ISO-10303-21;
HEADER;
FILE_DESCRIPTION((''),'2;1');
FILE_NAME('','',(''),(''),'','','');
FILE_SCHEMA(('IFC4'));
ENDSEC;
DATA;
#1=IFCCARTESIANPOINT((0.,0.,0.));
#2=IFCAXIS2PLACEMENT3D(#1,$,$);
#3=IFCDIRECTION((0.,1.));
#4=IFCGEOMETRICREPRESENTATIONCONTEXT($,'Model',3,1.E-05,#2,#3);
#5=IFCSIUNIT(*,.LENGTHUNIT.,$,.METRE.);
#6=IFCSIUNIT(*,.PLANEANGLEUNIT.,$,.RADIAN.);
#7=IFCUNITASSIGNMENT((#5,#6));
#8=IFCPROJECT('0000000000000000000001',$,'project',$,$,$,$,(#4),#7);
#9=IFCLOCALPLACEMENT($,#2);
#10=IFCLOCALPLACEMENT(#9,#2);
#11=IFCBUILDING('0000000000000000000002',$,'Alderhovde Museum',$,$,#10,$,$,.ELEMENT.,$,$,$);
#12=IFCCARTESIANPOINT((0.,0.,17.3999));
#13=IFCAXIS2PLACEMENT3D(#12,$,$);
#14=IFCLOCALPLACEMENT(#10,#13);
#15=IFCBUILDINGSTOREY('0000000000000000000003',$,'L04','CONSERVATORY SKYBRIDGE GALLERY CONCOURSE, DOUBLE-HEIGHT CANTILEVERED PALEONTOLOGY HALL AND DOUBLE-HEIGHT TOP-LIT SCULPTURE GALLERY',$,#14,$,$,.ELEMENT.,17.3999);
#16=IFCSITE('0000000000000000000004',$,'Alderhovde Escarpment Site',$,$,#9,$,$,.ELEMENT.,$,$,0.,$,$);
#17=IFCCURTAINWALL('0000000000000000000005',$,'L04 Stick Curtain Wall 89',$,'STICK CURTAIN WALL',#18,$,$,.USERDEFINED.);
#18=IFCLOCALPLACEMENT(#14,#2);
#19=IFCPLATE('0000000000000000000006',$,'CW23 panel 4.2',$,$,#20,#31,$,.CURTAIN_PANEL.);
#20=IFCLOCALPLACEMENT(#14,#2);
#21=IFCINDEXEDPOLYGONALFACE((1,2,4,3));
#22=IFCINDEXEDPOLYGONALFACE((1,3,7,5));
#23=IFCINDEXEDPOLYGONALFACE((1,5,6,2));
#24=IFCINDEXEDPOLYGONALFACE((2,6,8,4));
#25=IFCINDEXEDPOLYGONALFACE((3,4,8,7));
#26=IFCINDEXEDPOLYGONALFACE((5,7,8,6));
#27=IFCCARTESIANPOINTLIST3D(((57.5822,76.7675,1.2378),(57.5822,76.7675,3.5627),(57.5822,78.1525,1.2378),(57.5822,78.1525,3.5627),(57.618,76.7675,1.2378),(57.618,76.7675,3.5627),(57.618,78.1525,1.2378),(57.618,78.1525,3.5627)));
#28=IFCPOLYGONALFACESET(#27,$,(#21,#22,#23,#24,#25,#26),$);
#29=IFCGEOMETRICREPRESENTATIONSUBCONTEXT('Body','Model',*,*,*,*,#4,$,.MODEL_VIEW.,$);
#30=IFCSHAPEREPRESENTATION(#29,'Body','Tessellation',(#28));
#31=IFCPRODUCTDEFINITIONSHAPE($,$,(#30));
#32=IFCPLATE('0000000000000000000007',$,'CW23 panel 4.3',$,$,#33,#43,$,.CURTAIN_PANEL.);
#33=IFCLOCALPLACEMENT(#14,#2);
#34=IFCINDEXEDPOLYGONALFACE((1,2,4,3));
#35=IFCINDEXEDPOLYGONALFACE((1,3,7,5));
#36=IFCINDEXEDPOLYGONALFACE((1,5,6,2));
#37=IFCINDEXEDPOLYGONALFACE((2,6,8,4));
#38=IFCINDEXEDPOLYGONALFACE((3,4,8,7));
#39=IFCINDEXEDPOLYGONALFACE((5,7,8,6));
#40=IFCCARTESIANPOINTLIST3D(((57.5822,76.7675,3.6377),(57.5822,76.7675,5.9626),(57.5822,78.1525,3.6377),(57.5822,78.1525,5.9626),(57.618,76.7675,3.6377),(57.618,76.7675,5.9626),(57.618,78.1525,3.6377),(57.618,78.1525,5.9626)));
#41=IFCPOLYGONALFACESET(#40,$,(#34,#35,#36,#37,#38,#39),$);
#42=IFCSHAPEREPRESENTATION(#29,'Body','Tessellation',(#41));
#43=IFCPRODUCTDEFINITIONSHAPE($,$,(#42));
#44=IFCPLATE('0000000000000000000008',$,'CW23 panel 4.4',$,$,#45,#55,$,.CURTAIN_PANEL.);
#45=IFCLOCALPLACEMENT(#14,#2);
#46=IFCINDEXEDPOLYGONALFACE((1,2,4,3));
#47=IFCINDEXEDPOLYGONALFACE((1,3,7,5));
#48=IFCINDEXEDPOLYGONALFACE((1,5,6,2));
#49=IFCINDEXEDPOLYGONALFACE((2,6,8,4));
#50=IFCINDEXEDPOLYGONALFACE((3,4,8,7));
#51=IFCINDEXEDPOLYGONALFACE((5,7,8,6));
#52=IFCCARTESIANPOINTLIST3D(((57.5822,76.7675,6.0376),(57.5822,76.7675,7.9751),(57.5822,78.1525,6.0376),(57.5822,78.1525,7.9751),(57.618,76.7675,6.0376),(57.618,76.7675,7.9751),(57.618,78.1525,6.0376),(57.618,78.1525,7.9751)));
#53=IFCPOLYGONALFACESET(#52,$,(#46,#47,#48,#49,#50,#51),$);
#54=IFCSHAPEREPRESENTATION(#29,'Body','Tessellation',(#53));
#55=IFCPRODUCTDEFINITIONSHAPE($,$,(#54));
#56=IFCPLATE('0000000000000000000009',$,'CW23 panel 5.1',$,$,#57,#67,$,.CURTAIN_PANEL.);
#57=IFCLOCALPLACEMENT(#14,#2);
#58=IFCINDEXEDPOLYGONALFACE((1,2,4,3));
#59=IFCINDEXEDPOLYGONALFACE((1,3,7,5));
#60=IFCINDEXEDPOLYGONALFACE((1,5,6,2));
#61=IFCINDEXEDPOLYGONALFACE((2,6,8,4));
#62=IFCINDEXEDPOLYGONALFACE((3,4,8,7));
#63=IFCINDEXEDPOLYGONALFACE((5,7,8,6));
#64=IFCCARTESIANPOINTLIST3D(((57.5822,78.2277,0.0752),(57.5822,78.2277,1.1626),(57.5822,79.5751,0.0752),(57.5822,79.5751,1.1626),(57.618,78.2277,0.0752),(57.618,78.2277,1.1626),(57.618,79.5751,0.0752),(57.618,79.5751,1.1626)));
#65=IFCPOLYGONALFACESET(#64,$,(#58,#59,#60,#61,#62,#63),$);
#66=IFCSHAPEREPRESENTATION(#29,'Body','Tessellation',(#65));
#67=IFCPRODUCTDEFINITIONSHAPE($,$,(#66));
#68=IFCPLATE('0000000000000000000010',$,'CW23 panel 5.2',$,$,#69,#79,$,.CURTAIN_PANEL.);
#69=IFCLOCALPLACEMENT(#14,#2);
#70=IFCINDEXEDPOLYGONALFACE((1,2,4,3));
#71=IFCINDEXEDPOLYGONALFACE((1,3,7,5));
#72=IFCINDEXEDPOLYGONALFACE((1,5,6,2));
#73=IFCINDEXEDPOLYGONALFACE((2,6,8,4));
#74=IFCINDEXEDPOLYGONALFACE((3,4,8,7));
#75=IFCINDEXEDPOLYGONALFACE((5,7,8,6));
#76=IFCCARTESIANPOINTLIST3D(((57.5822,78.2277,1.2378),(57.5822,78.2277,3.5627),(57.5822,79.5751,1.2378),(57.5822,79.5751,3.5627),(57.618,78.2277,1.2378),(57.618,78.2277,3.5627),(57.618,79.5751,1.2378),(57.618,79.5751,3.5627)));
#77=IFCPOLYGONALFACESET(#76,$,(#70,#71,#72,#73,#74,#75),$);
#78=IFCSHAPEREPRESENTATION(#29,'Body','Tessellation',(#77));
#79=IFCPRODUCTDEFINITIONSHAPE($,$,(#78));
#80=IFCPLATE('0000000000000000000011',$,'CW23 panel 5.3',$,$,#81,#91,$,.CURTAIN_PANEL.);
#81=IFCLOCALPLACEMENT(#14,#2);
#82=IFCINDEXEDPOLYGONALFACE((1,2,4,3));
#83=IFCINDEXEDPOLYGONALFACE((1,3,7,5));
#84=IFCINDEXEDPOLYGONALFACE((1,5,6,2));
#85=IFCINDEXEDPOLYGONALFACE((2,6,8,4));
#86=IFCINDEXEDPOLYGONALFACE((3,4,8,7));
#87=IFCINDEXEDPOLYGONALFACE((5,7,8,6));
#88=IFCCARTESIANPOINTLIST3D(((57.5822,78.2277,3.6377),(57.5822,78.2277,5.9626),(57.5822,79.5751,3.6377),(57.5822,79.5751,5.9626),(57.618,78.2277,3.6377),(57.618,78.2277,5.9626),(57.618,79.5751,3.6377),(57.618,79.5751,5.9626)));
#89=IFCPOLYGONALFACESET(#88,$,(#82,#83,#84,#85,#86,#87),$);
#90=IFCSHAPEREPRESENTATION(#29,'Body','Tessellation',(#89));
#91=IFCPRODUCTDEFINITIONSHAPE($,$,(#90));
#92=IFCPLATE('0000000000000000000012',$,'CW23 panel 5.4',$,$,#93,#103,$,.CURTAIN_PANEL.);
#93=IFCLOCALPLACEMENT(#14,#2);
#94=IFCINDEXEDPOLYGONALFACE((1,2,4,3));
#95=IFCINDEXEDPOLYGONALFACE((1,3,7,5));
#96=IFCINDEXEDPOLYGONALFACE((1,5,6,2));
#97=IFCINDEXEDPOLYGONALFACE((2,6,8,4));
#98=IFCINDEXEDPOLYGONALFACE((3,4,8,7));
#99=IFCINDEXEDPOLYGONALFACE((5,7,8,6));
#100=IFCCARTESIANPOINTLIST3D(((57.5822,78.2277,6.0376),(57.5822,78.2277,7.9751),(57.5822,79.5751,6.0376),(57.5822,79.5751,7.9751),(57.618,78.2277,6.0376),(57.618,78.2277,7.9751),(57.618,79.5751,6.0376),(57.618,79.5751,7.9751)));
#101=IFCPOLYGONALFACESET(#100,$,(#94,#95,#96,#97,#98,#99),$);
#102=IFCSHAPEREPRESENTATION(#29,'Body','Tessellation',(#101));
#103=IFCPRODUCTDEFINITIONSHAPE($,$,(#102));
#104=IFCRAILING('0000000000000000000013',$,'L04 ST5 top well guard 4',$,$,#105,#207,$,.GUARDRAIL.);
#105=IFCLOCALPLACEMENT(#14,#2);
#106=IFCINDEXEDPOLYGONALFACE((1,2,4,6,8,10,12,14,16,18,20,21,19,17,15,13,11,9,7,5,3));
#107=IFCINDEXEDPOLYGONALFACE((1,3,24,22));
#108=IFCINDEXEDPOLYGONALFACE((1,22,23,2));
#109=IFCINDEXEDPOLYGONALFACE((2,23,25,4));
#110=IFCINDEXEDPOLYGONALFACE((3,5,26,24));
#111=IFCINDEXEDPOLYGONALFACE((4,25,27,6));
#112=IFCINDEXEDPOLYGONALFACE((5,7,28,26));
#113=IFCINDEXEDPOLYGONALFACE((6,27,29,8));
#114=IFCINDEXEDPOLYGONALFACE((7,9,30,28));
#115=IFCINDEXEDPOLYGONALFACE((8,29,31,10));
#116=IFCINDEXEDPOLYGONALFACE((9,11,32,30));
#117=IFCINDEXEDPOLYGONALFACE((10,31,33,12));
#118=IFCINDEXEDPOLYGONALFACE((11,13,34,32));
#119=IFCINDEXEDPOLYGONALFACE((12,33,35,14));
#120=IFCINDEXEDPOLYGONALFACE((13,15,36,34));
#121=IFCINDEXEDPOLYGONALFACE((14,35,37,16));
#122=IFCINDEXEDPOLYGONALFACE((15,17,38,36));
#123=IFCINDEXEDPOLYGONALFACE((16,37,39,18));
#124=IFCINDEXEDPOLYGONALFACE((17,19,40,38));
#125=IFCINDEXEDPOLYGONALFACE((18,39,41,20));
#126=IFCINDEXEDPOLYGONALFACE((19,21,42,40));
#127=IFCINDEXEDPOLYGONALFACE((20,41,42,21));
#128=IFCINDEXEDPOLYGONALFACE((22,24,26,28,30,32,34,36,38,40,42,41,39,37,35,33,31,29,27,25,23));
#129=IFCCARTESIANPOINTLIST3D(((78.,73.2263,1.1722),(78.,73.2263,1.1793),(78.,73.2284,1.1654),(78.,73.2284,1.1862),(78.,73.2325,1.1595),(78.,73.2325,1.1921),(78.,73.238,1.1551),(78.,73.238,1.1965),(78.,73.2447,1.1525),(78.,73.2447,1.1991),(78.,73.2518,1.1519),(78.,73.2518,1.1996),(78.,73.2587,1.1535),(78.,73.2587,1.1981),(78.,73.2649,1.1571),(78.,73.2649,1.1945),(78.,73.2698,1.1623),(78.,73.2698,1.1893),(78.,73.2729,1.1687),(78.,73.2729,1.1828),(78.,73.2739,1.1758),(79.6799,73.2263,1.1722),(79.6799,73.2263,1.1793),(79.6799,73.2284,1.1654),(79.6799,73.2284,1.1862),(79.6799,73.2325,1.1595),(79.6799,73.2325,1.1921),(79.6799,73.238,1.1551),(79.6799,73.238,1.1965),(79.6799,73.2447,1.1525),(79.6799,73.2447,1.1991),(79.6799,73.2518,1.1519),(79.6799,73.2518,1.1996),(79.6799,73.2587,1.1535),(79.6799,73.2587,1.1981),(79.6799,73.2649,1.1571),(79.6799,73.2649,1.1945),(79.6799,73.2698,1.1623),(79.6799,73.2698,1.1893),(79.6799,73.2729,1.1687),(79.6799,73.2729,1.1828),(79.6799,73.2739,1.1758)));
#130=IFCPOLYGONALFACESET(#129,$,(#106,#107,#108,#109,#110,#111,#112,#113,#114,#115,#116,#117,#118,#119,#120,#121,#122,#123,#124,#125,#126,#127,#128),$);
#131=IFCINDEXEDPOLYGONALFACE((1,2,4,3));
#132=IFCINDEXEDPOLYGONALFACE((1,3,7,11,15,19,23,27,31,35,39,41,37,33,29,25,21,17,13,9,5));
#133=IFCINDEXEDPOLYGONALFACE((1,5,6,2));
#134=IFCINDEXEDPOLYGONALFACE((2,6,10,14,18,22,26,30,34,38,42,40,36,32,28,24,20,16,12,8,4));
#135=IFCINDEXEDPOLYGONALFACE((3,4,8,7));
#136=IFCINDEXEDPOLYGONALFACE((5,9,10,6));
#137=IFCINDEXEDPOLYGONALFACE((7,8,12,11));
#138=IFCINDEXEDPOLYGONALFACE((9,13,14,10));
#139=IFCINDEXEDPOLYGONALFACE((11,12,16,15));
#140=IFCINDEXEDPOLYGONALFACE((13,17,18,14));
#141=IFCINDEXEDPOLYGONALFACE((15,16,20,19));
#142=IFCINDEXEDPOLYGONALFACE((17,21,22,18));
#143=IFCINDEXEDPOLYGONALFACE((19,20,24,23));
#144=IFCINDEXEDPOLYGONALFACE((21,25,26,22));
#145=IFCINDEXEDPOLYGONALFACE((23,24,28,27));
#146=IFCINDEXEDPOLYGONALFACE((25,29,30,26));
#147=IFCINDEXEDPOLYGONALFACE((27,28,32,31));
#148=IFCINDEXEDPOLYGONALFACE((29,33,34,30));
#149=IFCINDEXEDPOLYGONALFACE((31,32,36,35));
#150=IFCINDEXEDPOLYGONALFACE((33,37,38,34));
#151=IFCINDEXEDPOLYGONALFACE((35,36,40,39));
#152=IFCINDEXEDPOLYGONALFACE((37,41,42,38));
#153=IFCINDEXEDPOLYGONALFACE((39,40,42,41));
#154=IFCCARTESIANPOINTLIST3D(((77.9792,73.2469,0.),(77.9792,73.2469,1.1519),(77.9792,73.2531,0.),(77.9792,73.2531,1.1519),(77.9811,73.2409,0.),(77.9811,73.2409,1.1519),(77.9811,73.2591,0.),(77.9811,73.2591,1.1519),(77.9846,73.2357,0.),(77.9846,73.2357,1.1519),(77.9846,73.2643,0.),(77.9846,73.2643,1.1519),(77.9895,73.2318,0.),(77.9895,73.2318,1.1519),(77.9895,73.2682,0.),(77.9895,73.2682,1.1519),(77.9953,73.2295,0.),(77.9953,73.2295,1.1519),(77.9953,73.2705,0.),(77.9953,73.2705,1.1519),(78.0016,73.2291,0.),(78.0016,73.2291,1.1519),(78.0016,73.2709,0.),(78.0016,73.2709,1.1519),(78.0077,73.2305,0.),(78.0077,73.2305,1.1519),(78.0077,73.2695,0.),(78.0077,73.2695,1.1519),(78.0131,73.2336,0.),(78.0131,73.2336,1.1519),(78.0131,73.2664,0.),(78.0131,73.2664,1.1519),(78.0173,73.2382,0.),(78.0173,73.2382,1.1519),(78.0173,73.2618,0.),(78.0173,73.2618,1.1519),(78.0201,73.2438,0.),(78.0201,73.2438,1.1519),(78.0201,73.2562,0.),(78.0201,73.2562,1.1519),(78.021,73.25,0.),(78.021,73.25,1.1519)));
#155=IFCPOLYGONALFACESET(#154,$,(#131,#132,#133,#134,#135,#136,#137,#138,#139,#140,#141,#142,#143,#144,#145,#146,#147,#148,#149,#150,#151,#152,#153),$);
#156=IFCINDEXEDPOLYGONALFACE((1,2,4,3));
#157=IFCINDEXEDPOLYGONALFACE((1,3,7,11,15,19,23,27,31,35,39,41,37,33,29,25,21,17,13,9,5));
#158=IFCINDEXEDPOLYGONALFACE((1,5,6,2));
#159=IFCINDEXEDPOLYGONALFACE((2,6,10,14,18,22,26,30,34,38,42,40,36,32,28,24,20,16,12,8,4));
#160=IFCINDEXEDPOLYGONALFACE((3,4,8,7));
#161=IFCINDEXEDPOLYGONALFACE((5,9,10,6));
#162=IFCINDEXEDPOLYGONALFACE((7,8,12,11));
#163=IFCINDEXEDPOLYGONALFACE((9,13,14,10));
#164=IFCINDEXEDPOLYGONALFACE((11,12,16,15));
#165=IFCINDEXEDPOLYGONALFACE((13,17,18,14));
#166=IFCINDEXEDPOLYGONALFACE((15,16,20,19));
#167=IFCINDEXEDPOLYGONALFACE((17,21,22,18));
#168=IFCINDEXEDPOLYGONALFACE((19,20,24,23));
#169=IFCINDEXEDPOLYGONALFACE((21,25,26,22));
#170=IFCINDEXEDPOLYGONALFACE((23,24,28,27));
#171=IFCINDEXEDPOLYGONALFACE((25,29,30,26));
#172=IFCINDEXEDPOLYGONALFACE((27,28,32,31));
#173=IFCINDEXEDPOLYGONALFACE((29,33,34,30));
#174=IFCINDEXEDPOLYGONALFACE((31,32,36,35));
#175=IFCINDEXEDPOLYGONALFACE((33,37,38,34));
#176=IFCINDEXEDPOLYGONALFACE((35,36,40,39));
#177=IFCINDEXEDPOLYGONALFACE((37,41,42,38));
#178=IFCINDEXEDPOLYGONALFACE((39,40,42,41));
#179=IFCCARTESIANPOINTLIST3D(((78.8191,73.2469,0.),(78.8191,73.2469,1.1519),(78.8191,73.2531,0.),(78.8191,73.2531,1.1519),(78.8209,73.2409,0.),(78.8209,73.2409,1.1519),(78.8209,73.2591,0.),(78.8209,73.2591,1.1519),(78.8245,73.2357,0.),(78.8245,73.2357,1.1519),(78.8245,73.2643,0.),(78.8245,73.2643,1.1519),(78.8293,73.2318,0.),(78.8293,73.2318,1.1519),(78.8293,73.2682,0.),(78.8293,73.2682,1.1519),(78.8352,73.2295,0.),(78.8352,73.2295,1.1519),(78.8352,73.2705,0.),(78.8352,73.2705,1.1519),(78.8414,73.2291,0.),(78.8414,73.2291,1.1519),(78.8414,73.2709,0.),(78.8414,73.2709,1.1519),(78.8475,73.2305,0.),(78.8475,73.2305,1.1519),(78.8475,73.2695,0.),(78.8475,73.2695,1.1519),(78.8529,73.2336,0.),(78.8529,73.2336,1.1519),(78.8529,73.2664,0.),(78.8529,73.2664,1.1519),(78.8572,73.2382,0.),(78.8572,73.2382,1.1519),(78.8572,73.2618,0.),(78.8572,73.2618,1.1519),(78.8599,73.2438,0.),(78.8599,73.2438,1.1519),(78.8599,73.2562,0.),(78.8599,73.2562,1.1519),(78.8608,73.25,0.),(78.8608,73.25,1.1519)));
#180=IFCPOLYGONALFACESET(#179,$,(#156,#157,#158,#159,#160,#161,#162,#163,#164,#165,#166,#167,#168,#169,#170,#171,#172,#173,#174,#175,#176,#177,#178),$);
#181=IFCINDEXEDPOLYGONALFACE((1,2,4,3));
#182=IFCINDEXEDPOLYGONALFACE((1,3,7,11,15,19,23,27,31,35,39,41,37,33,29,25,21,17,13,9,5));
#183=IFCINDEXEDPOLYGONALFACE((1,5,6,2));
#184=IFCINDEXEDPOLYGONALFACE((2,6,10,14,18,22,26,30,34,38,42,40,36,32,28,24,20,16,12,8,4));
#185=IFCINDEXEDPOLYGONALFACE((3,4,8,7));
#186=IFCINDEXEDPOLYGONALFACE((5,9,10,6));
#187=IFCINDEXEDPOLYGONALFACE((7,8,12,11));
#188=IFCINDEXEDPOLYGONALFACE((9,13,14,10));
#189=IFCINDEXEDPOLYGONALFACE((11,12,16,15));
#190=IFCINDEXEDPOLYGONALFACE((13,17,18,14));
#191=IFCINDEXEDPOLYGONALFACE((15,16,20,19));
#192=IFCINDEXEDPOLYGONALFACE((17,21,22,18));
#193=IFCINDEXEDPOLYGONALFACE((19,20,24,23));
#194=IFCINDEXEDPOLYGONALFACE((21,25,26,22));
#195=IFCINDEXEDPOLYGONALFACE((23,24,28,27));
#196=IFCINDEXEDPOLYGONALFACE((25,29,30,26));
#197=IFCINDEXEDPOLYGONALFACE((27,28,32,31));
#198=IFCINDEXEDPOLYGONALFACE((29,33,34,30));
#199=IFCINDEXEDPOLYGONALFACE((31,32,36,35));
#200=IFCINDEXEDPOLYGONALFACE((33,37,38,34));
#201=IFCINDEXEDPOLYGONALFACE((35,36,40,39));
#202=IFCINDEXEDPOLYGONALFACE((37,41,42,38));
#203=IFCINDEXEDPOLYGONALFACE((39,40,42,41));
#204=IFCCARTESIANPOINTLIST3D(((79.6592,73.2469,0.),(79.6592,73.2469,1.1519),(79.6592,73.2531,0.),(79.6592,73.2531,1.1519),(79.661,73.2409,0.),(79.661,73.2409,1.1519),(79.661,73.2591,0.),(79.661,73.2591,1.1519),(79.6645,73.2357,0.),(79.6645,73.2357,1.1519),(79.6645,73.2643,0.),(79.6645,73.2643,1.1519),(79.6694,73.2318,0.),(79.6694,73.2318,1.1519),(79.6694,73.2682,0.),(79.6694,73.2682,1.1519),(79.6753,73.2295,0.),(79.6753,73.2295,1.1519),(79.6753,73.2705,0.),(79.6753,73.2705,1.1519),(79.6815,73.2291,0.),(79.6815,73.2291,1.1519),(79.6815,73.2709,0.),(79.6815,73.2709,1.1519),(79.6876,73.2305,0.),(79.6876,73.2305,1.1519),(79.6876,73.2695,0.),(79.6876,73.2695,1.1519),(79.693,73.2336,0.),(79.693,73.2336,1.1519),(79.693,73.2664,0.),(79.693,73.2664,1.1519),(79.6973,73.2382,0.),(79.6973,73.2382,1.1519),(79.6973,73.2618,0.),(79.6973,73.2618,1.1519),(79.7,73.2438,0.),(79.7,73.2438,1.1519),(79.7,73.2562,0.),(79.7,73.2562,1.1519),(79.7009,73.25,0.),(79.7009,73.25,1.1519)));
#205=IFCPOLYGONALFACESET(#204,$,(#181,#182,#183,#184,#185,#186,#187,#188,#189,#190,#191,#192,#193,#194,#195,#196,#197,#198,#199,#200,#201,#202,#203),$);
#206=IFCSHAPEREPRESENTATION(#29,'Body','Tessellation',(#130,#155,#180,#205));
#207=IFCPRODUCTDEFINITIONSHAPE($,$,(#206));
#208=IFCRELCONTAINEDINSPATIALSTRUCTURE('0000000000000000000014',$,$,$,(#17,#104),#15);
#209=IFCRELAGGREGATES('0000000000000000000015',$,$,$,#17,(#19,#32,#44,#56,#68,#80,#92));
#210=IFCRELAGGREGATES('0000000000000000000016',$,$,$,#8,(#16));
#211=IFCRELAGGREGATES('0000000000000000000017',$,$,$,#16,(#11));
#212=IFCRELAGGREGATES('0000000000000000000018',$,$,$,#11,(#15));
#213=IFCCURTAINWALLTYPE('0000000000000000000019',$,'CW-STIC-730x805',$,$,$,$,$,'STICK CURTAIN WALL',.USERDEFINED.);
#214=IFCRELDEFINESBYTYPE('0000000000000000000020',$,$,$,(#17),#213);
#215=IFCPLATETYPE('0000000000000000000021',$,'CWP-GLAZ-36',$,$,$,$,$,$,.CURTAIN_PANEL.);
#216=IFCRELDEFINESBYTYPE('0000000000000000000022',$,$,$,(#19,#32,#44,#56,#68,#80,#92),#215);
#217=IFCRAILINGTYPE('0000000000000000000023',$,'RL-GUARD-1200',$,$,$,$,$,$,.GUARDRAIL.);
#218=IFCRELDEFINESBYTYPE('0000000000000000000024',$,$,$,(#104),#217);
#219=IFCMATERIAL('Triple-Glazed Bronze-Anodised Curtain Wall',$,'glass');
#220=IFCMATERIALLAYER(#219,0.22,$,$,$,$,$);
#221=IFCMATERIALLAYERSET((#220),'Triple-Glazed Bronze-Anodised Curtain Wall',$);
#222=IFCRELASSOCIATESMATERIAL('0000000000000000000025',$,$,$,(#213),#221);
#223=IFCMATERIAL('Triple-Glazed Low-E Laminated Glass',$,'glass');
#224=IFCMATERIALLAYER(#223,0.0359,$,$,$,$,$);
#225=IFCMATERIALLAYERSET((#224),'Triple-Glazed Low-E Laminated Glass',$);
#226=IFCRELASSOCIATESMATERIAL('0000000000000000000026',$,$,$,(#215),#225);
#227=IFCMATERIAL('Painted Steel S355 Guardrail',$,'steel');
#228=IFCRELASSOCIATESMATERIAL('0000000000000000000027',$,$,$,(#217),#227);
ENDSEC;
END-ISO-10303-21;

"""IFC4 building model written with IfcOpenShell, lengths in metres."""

from ifc_helpers import new_model, si_unit, direction, frame, origin, origin_2d, place, context, subcontext, project, spatial, rectangle, circle, extrude, material, layer, layer_set, type_object, element, aggregate, save


model = new_model("IFC4")

# Units and contexts
model_context = context("Model", 3, precision=1e-05, world=origin(), true_north=direction((0.0, 1.0)))
body_context = subcontext(model_context, "Body", "Model", "MODEL_VIEW")
ifc_project = project(units=[si_unit("LENGTHUNIT", "METRE"), si_unit("PLANEANGLEUNIT", "RADIAN")], contexts=[model_context])

# Site, building, storey
site_placement = place(None, origin())
site = spatial("IfcSite", under=ifc_project, at=site_placement, Name="Alderhovde Escarpment Site", CompositionType="ELEMENT", RefElevation=0.0)
building_placement = place(site_placement, origin())
building = spatial("IfcBuilding", under=site, at=building_placement, Name="Alderhovde Museum", CompositionType="ELEMENT")
storey_placement = place(building_placement, frame((0.0, 0.0, 17.3999)))
storey = spatial("IfcBuildingStorey", under=building, at=storey_placement, Name="L04", Description="CONSERVATORY SKYBRIDGE GALLERY CONCOURSE, DOUBLE-HEIGHT CANTILEVERED PALEONTOLOGY HALL AND DOUBLE-HEIGHT TOP-LIT SCULPTURE GALLERY", CompositionType="ELEMENT", Elevation=17.3999)

# Curtain wall
ifc_material_1 = material(Name="Triple-Glazed Bronze-Anodised Curtain Wall", Category="glass")
ifc_layer_1 = layer(ifc_material_1, 0.22)
ifc_layer_set_1 = layer_set([ifc_layer_1], Name="Triple-Glazed Bronze-Anodised Curtain Wall")
curtain_wall_type_1 = type_object("IfcCurtainWallType", Name="CW-STIC-730x805", ElementType="STICK CURTAIN WALL", PredefinedType="USERDEFINED", material=ifc_layer_set_1)
curtain_wall_1_placement = place(storey_placement, origin())
curtain_wall_1 = element("IfcCurtainWall", 1, at=curtain_wall_1_placement, inside=storey, type_object=curtain_wall_type_1, Name="L04 Stick Curtain Wall 89", ObjectType="STICK CURTAIN WALL", PredefinedType="USERDEFINED")

# Plates
ifc_material_2 = material(Name="Triple-Glazed Low-E Laminated Glass", Category="glass")
ifc_layer_2 = layer(ifc_material_2, 0.0359)
ifc_layer_set_2 = layer_set([ifc_layer_2], Name="Triple-Glazed Low-E Laminated Glass")
plate_type = type_object("IfcPlateType", Name="CWP-GLAZ-36", PredefinedType="CURTAIN_PANEL", material=ifc_layer_set_2)
plate_1_placement = place(storey_placement, frame((57.6001, 77.46, 1.2378), z_axis=(0.0, 0.0, 1.0), x_axis=(0.0, 1.0, 0.0)))
plate_1 = element("IfcPlate", 2, at=plate_1_placement, type_object=plate_type, Name="CW23 panel 4.2", PredefinedType="CURTAIN_PANEL", context=body_context, shape_type="SweptSolid", body=[
    extrude(rectangle(XDim=1.385, YDim=0.0359, at=origin_2d()), origin(), (0.0, 0.0, 1.0), 2.325),
])
plate_2_placement = place(storey_placement, frame((57.6001, 77.46, 3.6377), z_axis=(0.0, 0.0, 1.0), x_axis=(0.0, 1.0, 0.0)))
plate_2 = element("IfcPlate", 3, at=plate_2_placement, type_object=plate_type, Name="CW23 panel 4.3", PredefinedType="CURTAIN_PANEL", context=body_context, shape_type="SweptSolid", body=[
    extrude(rectangle(XDim=1.385, YDim=0.0359, at=origin_2d()), origin(), (0.0, 0.0, 1.0), 2.325),
])
plate_3_placement = place(storey_placement, frame((57.6001, 77.46, 6.0376), z_axis=(0.0, 0.0, 1.0), x_axis=(0.0, 1.0, 0.0)))
plate_3 = element("IfcPlate", 4, at=plate_3_placement, type_object=plate_type, Name="CW23 panel 4.4", PredefinedType="CURTAIN_PANEL", context=body_context, shape_type="SweptSolid", body=[
    extrude(rectangle(XDim=1.385, YDim=0.0359, at=origin_2d()), origin(), (0.0, 0.0, 1.0), 1.9375),
])
plate_4_placement = place(storey_placement, frame((57.6001, 78.9014, 0.0752), z_axis=(0.0, 0.0, 1.0), x_axis=(0.0, 1.0, 0.0)))
plate_4 = element("IfcPlate", 5, at=plate_4_placement, type_object=plate_type, Name="CW23 panel 5.1", PredefinedType="CURTAIN_PANEL", context=body_context, shape_type="SweptSolid", body=[
    extrude(rectangle(XDim=1.3474, YDim=0.0359, at=origin_2d()), origin(), (0.0, 0.0, 1.0), 1.0874),
])
plate_5_placement = place(storey_placement, frame((57.6001, 78.9014, 1.2378), z_axis=(0.0, 0.0, 1.0), x_axis=(0.0, 1.0, 0.0)))
plate_5 = element("IfcPlate", 6, at=plate_5_placement, type_object=plate_type, Name="CW23 panel 5.2", PredefinedType="CURTAIN_PANEL", context=body_context, shape_type="SweptSolid", body=[
    extrude(rectangle(XDim=1.3474, YDim=0.0359, at=origin_2d()), origin(), (0.0, 0.0, 1.0), 2.325),
])
plate_6_placement = place(storey_placement, frame((57.6001, 78.9014, 3.6377), z_axis=(0.0, 0.0, 1.0), x_axis=(0.0, 1.0, 0.0)))
plate_6 = element("IfcPlate", 7, at=plate_6_placement, type_object=plate_type, Name="CW23 panel 5.3", PredefinedType="CURTAIN_PANEL", context=body_context, shape_type="SweptSolid", body=[
    extrude(rectangle(XDim=1.3474, YDim=0.0359, at=origin_2d()), origin(), (0.0, 0.0, 1.0), 2.325),
])
plate_7_placement = place(storey_placement, frame((57.6001, 78.9014, 6.0376), z_axis=(0.0, 0.0, 1.0), x_axis=(0.0, 1.0, 0.0)))
plate_7 = element("IfcPlate", 8, at=plate_7_placement, type_object=plate_type, Name="CW23 panel 5.4", PredefinedType="CURTAIN_PANEL", context=body_context, shape_type="SweptSolid", body=[
    extrude(rectangle(XDim=1.3474, YDim=0.0359, at=origin_2d()), origin(), (0.0, 0.0, 1.0), 1.9375),
])
aggregate(curtain_wall_1, [plate_1, plate_2, plate_3, plate_4, plate_5, plate_6, plate_7])

# Railing
ifc_material_3 = material(Name="Painted Steel S355 Guardrail", Category="steel")
railing_type = type_object("IfcRailingType", Name="RL-GUARD-1200", PredefinedType="GUARDRAIL", material=ifc_material_3)
for number, where, name in (
    (9, (78.0, 73.25, 0.0), "L04 ST5 top well guard 4"),
):
    element("IfcRailing", number, at=place(storey_placement, frame(where)), inside=storey, type_object=railing_type, Name=name, PredefinedType="GUARDRAIL", context=body_context, shape_type="SweptSolid", body=[
        extrude(circle(Radius=0.0239, at=origin_2d()), frame((0.0, 0.0, 1.1758), z_axis=(1.0, 0.0, 0.0), x_axis=(0.0, 1.0, 0.0)), (0.0, 0.0, 1.0), 1.6799),
        extrude(circle(Radius=0.021, at=origin_2d()), origin(), (0.0, 0.0, 1.0), 1.1519),
        extrude(circle(Radius=0.021, at=origin_2d()), frame((0.8398, 0.0, 0.0)), (0.0, 0.0, 1.0), 1.1519),
        extrude(circle(Radius=0.021, at=origin_2d()), frame((1.6799, 0.0, 0.0)), (0.0, 0.0, 1.0), 1.1519),
    ])

save(model, "model.ifc")
